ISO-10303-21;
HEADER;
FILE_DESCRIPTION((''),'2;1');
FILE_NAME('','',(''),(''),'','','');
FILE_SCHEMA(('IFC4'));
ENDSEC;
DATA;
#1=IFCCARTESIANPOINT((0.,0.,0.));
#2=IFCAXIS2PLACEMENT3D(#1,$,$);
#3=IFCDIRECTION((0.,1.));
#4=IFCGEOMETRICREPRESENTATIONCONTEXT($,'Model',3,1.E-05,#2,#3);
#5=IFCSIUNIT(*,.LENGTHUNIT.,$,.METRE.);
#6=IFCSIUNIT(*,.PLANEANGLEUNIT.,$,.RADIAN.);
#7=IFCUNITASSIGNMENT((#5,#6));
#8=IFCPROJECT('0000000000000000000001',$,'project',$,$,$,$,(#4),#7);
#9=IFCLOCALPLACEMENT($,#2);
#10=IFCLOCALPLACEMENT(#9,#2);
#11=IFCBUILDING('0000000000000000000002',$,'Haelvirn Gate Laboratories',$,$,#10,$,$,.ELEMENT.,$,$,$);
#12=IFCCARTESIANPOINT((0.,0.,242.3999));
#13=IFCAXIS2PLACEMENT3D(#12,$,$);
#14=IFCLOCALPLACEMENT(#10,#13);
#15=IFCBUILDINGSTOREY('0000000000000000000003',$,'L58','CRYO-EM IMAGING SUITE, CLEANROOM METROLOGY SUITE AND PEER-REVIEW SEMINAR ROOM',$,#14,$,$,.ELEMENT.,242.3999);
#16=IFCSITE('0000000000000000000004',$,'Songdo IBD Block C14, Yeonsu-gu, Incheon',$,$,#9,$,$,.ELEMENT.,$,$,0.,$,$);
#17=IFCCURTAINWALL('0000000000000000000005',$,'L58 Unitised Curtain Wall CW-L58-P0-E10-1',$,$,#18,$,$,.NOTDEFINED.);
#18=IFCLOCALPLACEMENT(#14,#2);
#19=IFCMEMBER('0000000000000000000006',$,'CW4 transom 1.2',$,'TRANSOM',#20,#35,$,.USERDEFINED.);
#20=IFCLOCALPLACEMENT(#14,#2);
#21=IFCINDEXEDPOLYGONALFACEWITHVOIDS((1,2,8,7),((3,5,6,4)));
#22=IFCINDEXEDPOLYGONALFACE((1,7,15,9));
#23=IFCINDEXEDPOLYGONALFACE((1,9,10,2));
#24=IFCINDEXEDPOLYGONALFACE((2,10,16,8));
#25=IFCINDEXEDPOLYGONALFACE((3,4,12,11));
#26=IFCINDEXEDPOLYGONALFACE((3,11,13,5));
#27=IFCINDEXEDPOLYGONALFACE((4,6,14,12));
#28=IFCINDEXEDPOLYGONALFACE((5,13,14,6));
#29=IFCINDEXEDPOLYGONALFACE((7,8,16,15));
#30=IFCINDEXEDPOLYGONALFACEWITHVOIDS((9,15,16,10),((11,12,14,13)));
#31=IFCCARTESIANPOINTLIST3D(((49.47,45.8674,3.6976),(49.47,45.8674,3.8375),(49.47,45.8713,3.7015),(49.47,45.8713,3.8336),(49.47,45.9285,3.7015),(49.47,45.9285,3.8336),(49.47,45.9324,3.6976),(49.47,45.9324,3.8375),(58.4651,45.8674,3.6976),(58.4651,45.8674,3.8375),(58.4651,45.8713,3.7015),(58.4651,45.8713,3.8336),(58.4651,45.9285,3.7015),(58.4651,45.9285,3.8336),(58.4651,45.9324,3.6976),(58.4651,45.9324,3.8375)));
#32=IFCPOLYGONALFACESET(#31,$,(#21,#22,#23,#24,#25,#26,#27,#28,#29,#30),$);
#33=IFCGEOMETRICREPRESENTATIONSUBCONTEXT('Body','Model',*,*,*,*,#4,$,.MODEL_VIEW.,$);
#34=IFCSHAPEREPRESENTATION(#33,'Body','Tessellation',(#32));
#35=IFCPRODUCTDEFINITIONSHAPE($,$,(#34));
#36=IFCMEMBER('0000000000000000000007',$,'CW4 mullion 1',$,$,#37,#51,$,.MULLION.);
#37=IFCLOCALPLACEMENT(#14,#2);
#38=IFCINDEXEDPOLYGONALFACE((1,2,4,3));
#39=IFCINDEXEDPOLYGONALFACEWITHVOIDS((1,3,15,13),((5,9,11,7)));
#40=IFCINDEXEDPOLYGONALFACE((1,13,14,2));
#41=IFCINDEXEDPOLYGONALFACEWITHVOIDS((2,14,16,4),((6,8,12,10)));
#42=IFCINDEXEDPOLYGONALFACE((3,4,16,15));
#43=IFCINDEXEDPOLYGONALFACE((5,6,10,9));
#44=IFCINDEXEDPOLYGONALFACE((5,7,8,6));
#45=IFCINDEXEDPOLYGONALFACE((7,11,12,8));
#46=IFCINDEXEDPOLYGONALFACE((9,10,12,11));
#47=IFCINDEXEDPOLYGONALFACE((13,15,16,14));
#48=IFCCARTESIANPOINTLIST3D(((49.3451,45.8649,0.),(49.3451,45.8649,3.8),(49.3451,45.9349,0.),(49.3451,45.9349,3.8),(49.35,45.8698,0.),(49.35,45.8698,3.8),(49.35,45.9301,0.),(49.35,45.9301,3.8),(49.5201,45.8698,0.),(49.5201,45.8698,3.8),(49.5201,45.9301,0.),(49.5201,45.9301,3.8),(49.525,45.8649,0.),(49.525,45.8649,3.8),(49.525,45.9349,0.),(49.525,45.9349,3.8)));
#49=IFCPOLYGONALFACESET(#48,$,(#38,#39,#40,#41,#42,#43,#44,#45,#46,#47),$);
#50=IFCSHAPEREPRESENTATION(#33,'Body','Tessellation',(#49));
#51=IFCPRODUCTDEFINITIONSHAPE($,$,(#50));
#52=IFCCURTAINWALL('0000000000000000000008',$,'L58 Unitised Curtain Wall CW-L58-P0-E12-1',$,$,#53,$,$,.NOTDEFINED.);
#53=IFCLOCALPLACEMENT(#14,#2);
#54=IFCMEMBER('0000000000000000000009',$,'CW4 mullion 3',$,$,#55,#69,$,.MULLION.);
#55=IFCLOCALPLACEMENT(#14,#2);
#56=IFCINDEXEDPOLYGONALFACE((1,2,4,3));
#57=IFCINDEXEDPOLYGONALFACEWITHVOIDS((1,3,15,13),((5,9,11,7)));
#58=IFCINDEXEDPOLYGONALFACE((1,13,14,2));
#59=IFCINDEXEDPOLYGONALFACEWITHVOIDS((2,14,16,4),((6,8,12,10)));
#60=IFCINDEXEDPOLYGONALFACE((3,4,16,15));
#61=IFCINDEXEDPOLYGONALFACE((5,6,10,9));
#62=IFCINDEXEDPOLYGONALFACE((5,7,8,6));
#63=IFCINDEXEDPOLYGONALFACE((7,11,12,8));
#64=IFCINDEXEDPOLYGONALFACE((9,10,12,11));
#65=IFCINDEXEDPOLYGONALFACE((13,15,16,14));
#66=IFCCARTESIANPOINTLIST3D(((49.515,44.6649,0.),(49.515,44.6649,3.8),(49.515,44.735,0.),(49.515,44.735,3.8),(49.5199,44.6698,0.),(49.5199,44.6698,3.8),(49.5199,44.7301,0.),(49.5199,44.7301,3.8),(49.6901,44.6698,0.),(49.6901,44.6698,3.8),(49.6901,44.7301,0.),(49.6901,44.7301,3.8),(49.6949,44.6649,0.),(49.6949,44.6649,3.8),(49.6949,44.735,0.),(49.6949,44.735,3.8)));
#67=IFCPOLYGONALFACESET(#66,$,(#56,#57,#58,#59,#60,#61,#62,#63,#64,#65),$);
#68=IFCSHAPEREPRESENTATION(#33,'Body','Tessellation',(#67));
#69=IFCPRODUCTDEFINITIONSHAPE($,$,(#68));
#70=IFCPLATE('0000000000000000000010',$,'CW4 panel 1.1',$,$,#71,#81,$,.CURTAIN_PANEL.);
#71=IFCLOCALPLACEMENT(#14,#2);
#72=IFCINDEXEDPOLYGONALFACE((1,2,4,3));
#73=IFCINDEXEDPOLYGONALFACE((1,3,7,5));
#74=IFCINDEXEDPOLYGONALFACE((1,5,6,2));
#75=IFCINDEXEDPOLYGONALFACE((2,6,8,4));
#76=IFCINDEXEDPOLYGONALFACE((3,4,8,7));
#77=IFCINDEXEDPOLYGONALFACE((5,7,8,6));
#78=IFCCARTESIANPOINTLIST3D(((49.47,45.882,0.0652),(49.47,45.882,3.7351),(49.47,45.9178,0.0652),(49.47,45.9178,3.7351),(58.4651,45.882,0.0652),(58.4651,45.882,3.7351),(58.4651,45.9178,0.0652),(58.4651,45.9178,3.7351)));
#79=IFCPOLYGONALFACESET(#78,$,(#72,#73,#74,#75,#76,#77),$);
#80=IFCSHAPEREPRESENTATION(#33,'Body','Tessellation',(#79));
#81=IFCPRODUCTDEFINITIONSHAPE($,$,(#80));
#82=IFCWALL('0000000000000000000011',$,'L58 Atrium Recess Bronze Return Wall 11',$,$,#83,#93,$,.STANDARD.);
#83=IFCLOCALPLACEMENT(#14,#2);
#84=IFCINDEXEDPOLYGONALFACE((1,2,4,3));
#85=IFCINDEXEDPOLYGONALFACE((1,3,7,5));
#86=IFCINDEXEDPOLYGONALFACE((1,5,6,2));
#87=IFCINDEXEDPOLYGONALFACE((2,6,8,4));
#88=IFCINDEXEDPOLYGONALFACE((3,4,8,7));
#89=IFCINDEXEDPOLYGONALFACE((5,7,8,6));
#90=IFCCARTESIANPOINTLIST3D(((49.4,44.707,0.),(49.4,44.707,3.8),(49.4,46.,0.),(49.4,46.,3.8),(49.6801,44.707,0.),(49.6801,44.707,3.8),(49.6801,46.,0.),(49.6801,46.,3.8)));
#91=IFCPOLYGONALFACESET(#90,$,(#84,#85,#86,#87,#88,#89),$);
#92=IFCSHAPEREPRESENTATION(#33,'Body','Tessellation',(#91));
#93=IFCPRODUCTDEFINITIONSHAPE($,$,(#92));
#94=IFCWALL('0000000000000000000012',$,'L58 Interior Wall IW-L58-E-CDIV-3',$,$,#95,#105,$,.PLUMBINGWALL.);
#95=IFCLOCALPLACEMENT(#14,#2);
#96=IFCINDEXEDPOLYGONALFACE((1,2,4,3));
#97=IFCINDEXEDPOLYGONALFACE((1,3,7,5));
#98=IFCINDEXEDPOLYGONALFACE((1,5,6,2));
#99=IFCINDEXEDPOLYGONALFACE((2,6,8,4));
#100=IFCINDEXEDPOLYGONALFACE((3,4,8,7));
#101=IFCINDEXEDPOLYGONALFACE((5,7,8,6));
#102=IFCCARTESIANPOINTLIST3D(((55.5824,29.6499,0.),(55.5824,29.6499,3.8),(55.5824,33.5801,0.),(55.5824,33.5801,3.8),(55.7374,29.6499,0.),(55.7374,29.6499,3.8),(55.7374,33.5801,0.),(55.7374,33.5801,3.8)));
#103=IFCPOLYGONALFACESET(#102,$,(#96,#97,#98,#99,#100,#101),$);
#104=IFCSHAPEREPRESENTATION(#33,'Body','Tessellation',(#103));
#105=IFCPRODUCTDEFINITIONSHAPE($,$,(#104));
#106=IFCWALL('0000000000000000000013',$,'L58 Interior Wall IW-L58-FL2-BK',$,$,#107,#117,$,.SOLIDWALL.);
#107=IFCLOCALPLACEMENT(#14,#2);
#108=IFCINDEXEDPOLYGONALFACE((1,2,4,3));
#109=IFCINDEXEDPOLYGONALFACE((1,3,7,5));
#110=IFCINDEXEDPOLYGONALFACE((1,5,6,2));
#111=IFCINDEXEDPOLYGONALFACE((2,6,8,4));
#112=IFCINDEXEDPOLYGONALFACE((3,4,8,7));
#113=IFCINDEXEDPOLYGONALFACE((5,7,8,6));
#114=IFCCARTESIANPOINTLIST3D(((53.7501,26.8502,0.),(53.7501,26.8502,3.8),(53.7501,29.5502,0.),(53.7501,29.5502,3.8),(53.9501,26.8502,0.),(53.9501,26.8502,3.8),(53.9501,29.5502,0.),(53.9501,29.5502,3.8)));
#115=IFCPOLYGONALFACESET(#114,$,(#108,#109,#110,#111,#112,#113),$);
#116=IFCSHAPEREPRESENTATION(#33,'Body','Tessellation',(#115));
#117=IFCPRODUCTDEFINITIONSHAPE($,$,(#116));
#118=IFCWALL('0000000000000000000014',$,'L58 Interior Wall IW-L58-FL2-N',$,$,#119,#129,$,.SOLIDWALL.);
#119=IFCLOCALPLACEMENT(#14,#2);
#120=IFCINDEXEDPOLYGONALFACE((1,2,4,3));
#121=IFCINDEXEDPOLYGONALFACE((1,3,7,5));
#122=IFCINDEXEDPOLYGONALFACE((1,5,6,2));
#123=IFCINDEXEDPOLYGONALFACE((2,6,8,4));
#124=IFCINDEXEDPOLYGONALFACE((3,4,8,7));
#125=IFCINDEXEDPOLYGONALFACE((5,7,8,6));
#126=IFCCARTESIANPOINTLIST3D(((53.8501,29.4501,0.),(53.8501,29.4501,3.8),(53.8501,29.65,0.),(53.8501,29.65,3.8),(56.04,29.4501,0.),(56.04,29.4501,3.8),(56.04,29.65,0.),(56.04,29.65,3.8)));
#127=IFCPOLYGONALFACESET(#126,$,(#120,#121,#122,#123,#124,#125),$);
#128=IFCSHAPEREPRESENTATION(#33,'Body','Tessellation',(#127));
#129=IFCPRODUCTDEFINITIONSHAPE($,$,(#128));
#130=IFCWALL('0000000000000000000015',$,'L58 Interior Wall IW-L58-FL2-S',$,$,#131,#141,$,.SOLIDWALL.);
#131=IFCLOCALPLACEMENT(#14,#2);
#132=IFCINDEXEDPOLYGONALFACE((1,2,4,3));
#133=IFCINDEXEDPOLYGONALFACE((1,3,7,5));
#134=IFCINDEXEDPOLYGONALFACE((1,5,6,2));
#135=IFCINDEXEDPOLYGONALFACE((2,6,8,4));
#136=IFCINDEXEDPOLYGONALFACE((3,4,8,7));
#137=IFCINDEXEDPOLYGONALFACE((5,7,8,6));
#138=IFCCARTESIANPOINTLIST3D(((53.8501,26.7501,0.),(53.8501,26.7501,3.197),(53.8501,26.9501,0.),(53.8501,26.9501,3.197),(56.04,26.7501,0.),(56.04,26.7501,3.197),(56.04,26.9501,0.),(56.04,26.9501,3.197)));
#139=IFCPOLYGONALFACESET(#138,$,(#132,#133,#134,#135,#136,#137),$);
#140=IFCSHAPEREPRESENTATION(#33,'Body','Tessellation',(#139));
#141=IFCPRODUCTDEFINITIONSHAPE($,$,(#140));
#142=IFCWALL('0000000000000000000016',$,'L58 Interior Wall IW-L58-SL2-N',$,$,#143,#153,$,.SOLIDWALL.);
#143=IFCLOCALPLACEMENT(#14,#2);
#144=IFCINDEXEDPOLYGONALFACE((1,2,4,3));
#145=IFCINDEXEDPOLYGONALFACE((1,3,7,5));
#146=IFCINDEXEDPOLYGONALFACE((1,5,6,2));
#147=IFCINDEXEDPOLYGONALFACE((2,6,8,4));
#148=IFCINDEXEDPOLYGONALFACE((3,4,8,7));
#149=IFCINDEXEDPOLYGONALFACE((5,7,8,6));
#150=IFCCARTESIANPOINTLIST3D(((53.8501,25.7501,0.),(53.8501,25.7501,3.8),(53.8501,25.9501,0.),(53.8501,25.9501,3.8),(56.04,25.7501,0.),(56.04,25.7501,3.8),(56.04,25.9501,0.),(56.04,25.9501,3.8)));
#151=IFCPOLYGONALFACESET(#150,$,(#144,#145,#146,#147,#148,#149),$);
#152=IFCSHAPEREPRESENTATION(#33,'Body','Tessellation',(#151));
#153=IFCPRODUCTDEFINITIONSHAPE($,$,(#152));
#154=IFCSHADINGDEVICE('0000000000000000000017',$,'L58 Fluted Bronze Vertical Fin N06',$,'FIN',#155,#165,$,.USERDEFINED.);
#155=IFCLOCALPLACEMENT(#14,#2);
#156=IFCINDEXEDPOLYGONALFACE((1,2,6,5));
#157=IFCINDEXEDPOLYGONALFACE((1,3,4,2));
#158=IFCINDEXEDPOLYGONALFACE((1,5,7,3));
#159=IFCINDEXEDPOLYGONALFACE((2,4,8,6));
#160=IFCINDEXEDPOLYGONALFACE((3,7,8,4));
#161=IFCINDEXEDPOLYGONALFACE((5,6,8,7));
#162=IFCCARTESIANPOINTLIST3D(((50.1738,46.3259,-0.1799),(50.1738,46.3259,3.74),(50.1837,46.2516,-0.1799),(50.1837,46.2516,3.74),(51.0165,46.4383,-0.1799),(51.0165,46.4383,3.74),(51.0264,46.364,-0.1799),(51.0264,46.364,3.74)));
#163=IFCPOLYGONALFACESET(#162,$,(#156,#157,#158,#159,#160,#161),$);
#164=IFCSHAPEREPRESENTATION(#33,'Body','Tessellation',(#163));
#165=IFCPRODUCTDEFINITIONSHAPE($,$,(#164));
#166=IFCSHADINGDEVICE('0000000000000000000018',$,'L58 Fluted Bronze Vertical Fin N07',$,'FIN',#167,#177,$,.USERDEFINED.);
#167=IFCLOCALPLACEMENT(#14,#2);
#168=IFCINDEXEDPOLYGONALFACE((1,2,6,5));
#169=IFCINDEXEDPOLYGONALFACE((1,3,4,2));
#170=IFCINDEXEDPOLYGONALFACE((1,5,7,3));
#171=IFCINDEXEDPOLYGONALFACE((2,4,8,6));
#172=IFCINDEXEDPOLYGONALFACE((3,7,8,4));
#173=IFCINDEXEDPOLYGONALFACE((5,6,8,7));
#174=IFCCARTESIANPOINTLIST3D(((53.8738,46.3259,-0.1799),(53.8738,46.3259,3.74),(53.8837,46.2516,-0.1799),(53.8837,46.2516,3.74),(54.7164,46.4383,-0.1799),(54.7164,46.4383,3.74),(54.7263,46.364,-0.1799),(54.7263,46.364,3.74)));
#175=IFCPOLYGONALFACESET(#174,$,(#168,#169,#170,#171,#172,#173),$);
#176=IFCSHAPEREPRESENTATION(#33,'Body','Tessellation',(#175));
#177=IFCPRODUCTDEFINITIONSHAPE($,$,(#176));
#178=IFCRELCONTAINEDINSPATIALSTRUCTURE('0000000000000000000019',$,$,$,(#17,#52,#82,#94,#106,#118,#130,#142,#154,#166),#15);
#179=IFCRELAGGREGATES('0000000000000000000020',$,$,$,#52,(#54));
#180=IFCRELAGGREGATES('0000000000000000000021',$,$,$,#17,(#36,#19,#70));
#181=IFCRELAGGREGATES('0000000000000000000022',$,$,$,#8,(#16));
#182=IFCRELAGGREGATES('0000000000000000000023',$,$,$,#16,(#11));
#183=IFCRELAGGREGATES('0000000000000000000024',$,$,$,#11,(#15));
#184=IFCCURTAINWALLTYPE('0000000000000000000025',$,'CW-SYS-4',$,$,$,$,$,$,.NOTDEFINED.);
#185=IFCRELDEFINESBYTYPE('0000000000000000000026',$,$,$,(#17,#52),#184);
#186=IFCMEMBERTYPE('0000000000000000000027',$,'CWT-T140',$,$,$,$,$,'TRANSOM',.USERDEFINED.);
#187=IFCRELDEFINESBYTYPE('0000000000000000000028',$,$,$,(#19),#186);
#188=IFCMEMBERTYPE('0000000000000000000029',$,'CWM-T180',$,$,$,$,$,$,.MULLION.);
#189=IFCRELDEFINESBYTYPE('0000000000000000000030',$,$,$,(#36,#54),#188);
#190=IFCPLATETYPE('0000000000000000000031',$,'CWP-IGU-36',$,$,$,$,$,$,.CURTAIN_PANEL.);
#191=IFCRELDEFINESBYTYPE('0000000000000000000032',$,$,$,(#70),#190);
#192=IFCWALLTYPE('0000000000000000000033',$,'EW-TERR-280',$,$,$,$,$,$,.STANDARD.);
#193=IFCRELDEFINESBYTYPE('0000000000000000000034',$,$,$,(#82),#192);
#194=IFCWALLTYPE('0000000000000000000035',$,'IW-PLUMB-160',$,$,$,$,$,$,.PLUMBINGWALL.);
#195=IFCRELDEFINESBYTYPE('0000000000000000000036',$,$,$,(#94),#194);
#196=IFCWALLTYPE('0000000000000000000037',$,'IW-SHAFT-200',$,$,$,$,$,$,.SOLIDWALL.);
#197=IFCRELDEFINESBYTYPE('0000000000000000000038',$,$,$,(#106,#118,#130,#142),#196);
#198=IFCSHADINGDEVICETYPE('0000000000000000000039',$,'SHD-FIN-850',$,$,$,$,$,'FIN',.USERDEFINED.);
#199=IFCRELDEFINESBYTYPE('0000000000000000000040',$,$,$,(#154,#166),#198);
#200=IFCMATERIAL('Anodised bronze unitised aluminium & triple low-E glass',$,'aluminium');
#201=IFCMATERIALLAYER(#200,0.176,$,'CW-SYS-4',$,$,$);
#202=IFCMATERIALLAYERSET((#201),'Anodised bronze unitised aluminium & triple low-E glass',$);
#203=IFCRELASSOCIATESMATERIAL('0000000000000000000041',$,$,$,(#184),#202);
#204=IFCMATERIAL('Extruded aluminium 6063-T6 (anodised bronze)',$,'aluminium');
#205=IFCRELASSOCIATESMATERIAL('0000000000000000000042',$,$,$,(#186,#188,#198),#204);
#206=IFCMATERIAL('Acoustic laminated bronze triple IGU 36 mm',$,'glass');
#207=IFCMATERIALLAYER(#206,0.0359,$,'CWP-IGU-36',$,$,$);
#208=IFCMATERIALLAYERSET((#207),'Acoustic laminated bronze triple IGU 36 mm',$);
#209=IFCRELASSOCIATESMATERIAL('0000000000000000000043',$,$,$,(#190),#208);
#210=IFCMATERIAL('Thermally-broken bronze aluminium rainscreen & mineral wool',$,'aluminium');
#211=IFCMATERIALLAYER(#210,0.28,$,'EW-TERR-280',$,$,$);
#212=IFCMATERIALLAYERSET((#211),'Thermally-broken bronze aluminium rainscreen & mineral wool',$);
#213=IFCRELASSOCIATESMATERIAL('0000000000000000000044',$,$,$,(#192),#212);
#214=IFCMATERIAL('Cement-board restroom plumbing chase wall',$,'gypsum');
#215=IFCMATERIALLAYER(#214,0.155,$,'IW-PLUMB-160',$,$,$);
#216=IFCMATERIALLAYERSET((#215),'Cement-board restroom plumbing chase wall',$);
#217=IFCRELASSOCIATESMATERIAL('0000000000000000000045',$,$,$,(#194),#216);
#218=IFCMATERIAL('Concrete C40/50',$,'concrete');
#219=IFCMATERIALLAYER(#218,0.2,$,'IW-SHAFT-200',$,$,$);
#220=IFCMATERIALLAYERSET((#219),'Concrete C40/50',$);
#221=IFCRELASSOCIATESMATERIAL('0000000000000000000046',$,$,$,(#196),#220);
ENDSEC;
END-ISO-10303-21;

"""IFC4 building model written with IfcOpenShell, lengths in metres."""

from ifc_helpers import new_model, si_unit, direction, frame, frame_2d, origin, origin_2d, place, context, subcontext, project, spatial, rectangle, hollow_rectangle, extrude, source, transform, mapped, material, layer, layer_set, material_profile, profile_set, type_object, type_shapes, element, aggregate, save


model = new_model("IFC4")

# Units and contexts
model_context = context("Model", 3, precision=1e-05, world=origin(), true_north=direction((0.0, 1.0)))
body_context = subcontext(model_context, "Body", "Model", "MODEL_VIEW")
ifc_project = project(units=[si_unit("LENGTHUNIT", "METRE"), si_unit("PLANEANGLEUNIT", "RADIAN")], contexts=[model_context])

# Site, building, storey
site_placement = place(None, origin())
site = spatial("IfcSite", under=ifc_project, at=site_placement, Name="Songdo IBD Block C14, Yeonsu-gu, Incheon", CompositionType="ELEMENT", RefElevation=0.0)
building_placement = place(site_placement, origin())
building = spatial("IfcBuilding", under=site, at=building_placement, Name="Haelvirn Gate Laboratories", CompositionType="ELEMENT")
storey_placement = place(building_placement, frame((0.0, 0.0, 242.3999)))
storey = spatial("IfcBuildingStorey", under=building, at=storey_placement, Name="L58", Description="CRYO-EM IMAGING SUITE, CLEANROOM METROLOGY SUITE AND PEER-REVIEW SEMINAR ROOM", CompositionType="ELEMENT", Elevation=242.3999)

# Curtain wall, members
ifc_material_1 = material(Name="Anodised bronze unitised aluminium & triple low-E glass", Category="aluminium")
ifc_layer_1 = layer(ifc_material_1, 0.176, Name="CW-SYS-4")
ifc_layer_set_1 = layer_set([ifc_layer_1], Name="Anodised bronze unitised aluminium & triple low-E glass")
curtain_wall_type = type_object("IfcCurtainWallType", Name="CW-SYS-4", PredefinedType="NOTDEFINED", material=ifc_layer_set_1)
curtain_wall_1_placement = place(storey_placement, origin())
curtain_wall_1 = element("IfcCurtainWall", 1, at=curtain_wall_1_placement, inside=storey, type_object=curtain_wall_type, Name="L58 Unitised Curtain Wall CW-L58-P0-E10-1", PredefinedType="NOTDEFINED")
ifc_material_2 = material(Name="Extruded aluminium 6063-T6 (anodised bronze)", Category="aluminium")
ifc_material_profile_1 = material_profile(ifc_material_2, hollow_rectangle(XDim=0.0649, YDim=0.1399, WallThickness=0.0039, at=origin_2d()), Name="CWT-140x65x4")
ifc_profile_set_1 = profile_set([ifc_material_profile_1], Name="Extruded aluminium 6063-T6 (anodised bronze)")
member_type_1 = type_object("IfcMemberType", Name="CWT-T140", ElementType="TRANSOM", PredefinedType="USERDEFINED", material=ifc_profile_set_1)
shared_shape_1 = source(origin(), body_context, "Body", "SweptSolid", [
    extrude(hollow_rectangle(XDim=0.0649, YDim=0.1399, WallThickness=0.0039, at=origin_2d()), origin(), (0.0, 0.0, 1.0), 8.9951),
])
type_shapes(member_type_1, [shared_shape_1])
member_1_placement = place(storey_placement, frame((49.47, 45.8999, 3.7676), z_axis=(1.0, 0.0, 0.0), x_axis=(0.0, 1.0, 0.0)))
member_1 = element("IfcMember", 2, at=member_1_placement, type_object=member_type_1, Name="CW4 transom 1.2", ObjectType="TRANSOM", PredefinedType="USERDEFINED", context=body_context, shape_type="MappedRepresentation", body=[
    mapped(shared_shape_1, transform((0.0, 0.0, 0.0), scale=1.0)),
])
ifc_material_profile_2 = material_profile(ifc_material_2, hollow_rectangle(XDim=0.0701, YDim=0.1799, WallThickness=0.0049, at=origin_2d()), Name="CWM-180x70x5")
ifc_profile_set_2 = profile_set([ifc_material_profile_2], Name="Extruded aluminium 6063-T6 (anodised bronze)")
member_type_2 = type_object("IfcMemberType", Name="CWM-T180", PredefinedType="MULLION", material=ifc_profile_set_2)
shared_shape_2 = source(origin(), body_context, "Body", "SweptSolid", [
    extrude(hollow_rectangle(XDim=0.0701, YDim=0.1799, WallThickness=0.0049, at=origin_2d()), origin(), (0.0, 0.0, 1.0), 3.8),
])
type_shapes(member_type_2, [shared_shape_2])
member_2_placement = place(storey_placement, frame((49.4351, 45.8999, 0.0), z_axis=(0.0, 0.0, 1.0), x_axis=(0.0, 1.0, 0.0)))
member_2 = element("IfcMember", 3, at=member_2_placement, type_object=member_type_2, Name="CW4 mullion 1", PredefinedType="MULLION", context=body_context, shape_type="MappedRepresentation", body=[
    mapped(shared_shape_2, transform((0.0, 0.0, 0.0), scale=1.0)),
])

# Curtain wall, member
curtain_wall_2_placement = place(storey_placement, origin())
curtain_wall_2 = element("IfcCurtainWall", 4, at=curtain_wall_2_placement, inside=storey, type_object=curtain_wall_type, Name="L58 Unitised Curtain Wall CW-L58-P0-E12-1", PredefinedType="NOTDEFINED")
member_3_placement = place(storey_placement, frame((49.605, 44.7, 0.0), z_axis=(0.0, 0.0, 1.0), x_axis=(0.0, 1.0, 0.0)))
member_3 = element("IfcMember", 5, at=member_3_placement, type_object=member_type_2, Name="CW4 mullion 3", PredefinedType="MULLION", context=body_context, shape_type="MappedRepresentation", body=[
    mapped(shared_shape_2, transform((0.0, 0.0, 0.0), scale=1.0)),
])
aggregate(curtain_wall_2, [member_3])

# Plate
ifc_material_3 = material(Name="Acoustic laminated bronze triple IGU 36 mm", Category="glass")
ifc_layer_2 = layer(ifc_material_3, 0.0359, Name="CWP-IGU-36")
ifc_layer_set_2 = layer_set([ifc_layer_2], Name="Acoustic laminated bronze triple IGU 36 mm")
plate_type = type_object("IfcPlateType", Name="CWP-IGU-36", PredefinedType="CURTAIN_PANEL", material=ifc_layer_set_2)
shared_shape_3 = source(origin(), body_context, "Body", "SweptSolid", [
    extrude(rectangle(XDim=8.9951, YDim=0.0359, at=origin_2d()), origin(), (0.0, 0.0, 1.0), 3.6699),
])
type_shapes(plate_type, [shared_shape_3])
plate_placement = place(storey_placement, frame((53.9675, 45.8999, 0.0652), z_axis=(0.0, 0.0, 1.0), x_axis=(1.0, 0.0, 0.0)))
plate = element("IfcPlate", 6, at=plate_placement, type_object=plate_type, Name="CW4 panel 1.1", PredefinedType="CURTAIN_PANEL", context=body_context, shape_type="MappedRepresentation", body=[
    mapped(shared_shape_3, transform((0.0, 0.0, 0.0), scale=1.0)),
])
aggregate(curtain_wall_1, [member_2, member_1, plate])

# Walls
ifc_material_4 = material(Name="Thermally-broken bronze aluminium rainscreen & mineral wool", Category="aluminium")
ifc_layer_3 = layer(ifc_material_4, 0.28, Name="EW-TERR-280")
ifc_layer_set_3 = layer_set([ifc_layer_3], Name="Thermally-broken bronze aluminium rainscreen & mineral wool")
wall_type_1 = type_object("IfcWallType", Name="EW-TERR-280", PredefinedType="STANDARD", material=ifc_layer_set_3)
wall_1_placement = place(storey_placement, frame((49.54, 46.0, 0.0), z_axis=(0.0, 0.0, 1.0), x_axis=(0.0, -1.0, 0.0)))
element("IfcWall", 7, at=wall_1_placement, inside=storey, type_object=wall_type_1, Name="L58 Atrium Recess Bronze Return Wall 11", PredefinedType="STANDARD", context=body_context, shape_type="SweptSolid", body=[
    extrude(rectangle(XDim=1.293, YDim=0.28, at=frame_2d((0.6465, 0.0))), origin(), (0.0, 0.0, 1.0), 3.8),
])
ifc_material_5 = material(Name="Cement-board restroom plumbing chase wall", Category="gypsum")
ifc_layer_4 = layer(ifc_material_5, 0.155, Name="IW-PLUMB-160")
ifc_layer_set_4 = layer_set([ifc_layer_4], Name="Cement-board restroom plumbing chase wall")
wall_type_2 = type_object("IfcWallType", Name="IW-PLUMB-160", PredefinedType="PLUMBINGWALL", material=ifc_layer_set_4)
wall_2_placement = place(storey_placement, frame((55.6599, 29.6499, 0.0), z_axis=(0.0, 0.0, 1.0), x_axis=(0.0, 1.0, 0.0)))
element("IfcWall", 8, at=wall_2_placement, inside=storey, type_object=wall_type_2, Name="L58 Interior Wall IW-L58-E-CDIV-3", PredefinedType="PLUMBINGWALL", context=body_context, shape_type="SweptSolid", body=[
    extrude(rectangle(XDim=3.9302, YDim=0.155, at=frame_2d((1.9651, 0.0))), origin(), (0.0, 0.0, 1.0), 3.8),
])
ifc_material_6 = material(Name="Concrete C40/50", Category="concrete")
ifc_layer_5 = layer(ifc_material_6, 0.2, Name="IW-SHAFT-200")
ifc_layer_set_5 = layer_set([ifc_layer_5], Name="Concrete C40/50")
wall_type_3 = type_object("IfcWallType", Name="IW-SHAFT-200", PredefinedType="SOLIDWALL", material=ifc_layer_set_5)
wall_3_placement = place(storey_placement, frame((53.8501, 26.8501, 0.0), z_axis=(0.0, 0.0, 1.0), x_axis=(0.0, 1.0, 0.0)))
element("IfcWall", 9, at=wall_3_placement, inside=storey, type_object=wall_type_3, Name="L58 Interior Wall IW-L58-FL2-BK", PredefinedType="SOLIDWALL", context=body_context, shape_type="SweptSolid", body=[
    extrude(rectangle(XDim=2.7, YDim=0.2, at=frame_2d((1.3501, 0.0))), origin(), (0.0, 0.0, 1.0), 3.8),
])
wall_4_placement = place(storey_placement, frame((53.8501, 29.55, 0.0), z_axis=(0.0, 0.0, 1.0), x_axis=(1.0, 0.0, 0.0)))
element("IfcWall", 10, at=wall_4_placement, inside=storey, type_object=wall_type_3, Name="L58 Interior Wall IW-L58-FL2-N", PredefinedType="SOLIDWALL", context=body_context, shape_type="SweptSolid", body=[
    extrude(rectangle(XDim=2.1899, YDim=0.2, at=frame_2d((1.095, 0.0))), origin(), (0.0, 0.0, 1.0), 3.8),
])
wall_5_placement = place(storey_placement, frame((53.8501, 26.8501, 0.0), z_axis=(0.0, 0.0, 1.0), x_axis=(1.0, 0.0, 0.0)))
element("IfcWall", 11, at=wall_5_placement, inside=storey, type_object=wall_type_3, Name="L58 Interior Wall IW-L58-FL2-S", PredefinedType="SOLIDWALL", context=body_context, shape_type="SweptSolid", body=[
    extrude(rectangle(XDim=2.1899, YDim=0.2, at=frame_2d((1.095, 0.0))), origin(), (0.0, 0.0, 1.0), 3.197),
])
wall_6_placement = place(storey_placement, frame((53.8501, 25.8501, 0.0), z_axis=(0.0, 0.0, 1.0), x_axis=(1.0, 0.0, 0.0)))
element("IfcWall", 12, at=wall_6_placement, inside=storey, type_object=wall_type_3, Name="L58 Interior Wall IW-L58-SL2-N", PredefinedType="SOLIDWALL", context=body_context, shape_type="SweptSolid", body=[
    extrude(rectangle(XDim=2.1899, YDim=0.2, at=frame_2d((1.095, 0.0))), origin(), (0.0, 0.0, 1.0), 3.8),
])

# Shading devices
ifc_material_profile_3 = material_profile(ifc_material_2, rectangle(XDim=0.075, YDim=0.8501, at=origin_2d()), Name="FIN-850x75")
ifc_profile_set_3 = profile_set([ifc_material_profile_3], Name="Extruded aluminium 6063-T6 (anodised bronze)")
shading_device_type = type_object("IfcShadingDeviceType", Name="SHD-FIN-850", ElementType="FIN", PredefinedType="USERDEFINED", material=ifc_profile_set_3)
shared_shape_4 = source(origin(), body_context, "Body", "SweptSolid", [
    extrude(rectangle(XDim=0.075, YDim=0.8501, at=origin_2d()), origin(), (0.0, 0.0, 1.0), 3.9199),
])
type_shapes(shading_device_type, [shared_shape_4])
for number, where, z_axis, x_axis, name in (
    (13, (50.6001, 46.345, -0.1799), (0.0, 0.0, 1.0), (-0.132256, 0.991216, 0.0), "L58 Fluted Bronze Vertical Fin N06"),
    (14, (54.3, 46.345, -0.1799), (0.0, 0.0, 1.0), (-0.132256, 0.991216, 0.0), "L58 Fluted Bronze Vertical Fin N07"),
):
    element("IfcShadingDevice", number, at=place(storey_placement, frame(where, z_axis=z_axis, x_axis=x_axis)), inside=storey, type_object=shading_device_type, Name=name, ObjectType="FIN", PredefinedType="USERDEFINED", context=body_context, shape_type="MappedRepresentation", body=[
        mapped(shared_shape_4, transform((0.0, 0.0, 0.0), scale=1.0)),
    ])

save(model, "model.ifc")
